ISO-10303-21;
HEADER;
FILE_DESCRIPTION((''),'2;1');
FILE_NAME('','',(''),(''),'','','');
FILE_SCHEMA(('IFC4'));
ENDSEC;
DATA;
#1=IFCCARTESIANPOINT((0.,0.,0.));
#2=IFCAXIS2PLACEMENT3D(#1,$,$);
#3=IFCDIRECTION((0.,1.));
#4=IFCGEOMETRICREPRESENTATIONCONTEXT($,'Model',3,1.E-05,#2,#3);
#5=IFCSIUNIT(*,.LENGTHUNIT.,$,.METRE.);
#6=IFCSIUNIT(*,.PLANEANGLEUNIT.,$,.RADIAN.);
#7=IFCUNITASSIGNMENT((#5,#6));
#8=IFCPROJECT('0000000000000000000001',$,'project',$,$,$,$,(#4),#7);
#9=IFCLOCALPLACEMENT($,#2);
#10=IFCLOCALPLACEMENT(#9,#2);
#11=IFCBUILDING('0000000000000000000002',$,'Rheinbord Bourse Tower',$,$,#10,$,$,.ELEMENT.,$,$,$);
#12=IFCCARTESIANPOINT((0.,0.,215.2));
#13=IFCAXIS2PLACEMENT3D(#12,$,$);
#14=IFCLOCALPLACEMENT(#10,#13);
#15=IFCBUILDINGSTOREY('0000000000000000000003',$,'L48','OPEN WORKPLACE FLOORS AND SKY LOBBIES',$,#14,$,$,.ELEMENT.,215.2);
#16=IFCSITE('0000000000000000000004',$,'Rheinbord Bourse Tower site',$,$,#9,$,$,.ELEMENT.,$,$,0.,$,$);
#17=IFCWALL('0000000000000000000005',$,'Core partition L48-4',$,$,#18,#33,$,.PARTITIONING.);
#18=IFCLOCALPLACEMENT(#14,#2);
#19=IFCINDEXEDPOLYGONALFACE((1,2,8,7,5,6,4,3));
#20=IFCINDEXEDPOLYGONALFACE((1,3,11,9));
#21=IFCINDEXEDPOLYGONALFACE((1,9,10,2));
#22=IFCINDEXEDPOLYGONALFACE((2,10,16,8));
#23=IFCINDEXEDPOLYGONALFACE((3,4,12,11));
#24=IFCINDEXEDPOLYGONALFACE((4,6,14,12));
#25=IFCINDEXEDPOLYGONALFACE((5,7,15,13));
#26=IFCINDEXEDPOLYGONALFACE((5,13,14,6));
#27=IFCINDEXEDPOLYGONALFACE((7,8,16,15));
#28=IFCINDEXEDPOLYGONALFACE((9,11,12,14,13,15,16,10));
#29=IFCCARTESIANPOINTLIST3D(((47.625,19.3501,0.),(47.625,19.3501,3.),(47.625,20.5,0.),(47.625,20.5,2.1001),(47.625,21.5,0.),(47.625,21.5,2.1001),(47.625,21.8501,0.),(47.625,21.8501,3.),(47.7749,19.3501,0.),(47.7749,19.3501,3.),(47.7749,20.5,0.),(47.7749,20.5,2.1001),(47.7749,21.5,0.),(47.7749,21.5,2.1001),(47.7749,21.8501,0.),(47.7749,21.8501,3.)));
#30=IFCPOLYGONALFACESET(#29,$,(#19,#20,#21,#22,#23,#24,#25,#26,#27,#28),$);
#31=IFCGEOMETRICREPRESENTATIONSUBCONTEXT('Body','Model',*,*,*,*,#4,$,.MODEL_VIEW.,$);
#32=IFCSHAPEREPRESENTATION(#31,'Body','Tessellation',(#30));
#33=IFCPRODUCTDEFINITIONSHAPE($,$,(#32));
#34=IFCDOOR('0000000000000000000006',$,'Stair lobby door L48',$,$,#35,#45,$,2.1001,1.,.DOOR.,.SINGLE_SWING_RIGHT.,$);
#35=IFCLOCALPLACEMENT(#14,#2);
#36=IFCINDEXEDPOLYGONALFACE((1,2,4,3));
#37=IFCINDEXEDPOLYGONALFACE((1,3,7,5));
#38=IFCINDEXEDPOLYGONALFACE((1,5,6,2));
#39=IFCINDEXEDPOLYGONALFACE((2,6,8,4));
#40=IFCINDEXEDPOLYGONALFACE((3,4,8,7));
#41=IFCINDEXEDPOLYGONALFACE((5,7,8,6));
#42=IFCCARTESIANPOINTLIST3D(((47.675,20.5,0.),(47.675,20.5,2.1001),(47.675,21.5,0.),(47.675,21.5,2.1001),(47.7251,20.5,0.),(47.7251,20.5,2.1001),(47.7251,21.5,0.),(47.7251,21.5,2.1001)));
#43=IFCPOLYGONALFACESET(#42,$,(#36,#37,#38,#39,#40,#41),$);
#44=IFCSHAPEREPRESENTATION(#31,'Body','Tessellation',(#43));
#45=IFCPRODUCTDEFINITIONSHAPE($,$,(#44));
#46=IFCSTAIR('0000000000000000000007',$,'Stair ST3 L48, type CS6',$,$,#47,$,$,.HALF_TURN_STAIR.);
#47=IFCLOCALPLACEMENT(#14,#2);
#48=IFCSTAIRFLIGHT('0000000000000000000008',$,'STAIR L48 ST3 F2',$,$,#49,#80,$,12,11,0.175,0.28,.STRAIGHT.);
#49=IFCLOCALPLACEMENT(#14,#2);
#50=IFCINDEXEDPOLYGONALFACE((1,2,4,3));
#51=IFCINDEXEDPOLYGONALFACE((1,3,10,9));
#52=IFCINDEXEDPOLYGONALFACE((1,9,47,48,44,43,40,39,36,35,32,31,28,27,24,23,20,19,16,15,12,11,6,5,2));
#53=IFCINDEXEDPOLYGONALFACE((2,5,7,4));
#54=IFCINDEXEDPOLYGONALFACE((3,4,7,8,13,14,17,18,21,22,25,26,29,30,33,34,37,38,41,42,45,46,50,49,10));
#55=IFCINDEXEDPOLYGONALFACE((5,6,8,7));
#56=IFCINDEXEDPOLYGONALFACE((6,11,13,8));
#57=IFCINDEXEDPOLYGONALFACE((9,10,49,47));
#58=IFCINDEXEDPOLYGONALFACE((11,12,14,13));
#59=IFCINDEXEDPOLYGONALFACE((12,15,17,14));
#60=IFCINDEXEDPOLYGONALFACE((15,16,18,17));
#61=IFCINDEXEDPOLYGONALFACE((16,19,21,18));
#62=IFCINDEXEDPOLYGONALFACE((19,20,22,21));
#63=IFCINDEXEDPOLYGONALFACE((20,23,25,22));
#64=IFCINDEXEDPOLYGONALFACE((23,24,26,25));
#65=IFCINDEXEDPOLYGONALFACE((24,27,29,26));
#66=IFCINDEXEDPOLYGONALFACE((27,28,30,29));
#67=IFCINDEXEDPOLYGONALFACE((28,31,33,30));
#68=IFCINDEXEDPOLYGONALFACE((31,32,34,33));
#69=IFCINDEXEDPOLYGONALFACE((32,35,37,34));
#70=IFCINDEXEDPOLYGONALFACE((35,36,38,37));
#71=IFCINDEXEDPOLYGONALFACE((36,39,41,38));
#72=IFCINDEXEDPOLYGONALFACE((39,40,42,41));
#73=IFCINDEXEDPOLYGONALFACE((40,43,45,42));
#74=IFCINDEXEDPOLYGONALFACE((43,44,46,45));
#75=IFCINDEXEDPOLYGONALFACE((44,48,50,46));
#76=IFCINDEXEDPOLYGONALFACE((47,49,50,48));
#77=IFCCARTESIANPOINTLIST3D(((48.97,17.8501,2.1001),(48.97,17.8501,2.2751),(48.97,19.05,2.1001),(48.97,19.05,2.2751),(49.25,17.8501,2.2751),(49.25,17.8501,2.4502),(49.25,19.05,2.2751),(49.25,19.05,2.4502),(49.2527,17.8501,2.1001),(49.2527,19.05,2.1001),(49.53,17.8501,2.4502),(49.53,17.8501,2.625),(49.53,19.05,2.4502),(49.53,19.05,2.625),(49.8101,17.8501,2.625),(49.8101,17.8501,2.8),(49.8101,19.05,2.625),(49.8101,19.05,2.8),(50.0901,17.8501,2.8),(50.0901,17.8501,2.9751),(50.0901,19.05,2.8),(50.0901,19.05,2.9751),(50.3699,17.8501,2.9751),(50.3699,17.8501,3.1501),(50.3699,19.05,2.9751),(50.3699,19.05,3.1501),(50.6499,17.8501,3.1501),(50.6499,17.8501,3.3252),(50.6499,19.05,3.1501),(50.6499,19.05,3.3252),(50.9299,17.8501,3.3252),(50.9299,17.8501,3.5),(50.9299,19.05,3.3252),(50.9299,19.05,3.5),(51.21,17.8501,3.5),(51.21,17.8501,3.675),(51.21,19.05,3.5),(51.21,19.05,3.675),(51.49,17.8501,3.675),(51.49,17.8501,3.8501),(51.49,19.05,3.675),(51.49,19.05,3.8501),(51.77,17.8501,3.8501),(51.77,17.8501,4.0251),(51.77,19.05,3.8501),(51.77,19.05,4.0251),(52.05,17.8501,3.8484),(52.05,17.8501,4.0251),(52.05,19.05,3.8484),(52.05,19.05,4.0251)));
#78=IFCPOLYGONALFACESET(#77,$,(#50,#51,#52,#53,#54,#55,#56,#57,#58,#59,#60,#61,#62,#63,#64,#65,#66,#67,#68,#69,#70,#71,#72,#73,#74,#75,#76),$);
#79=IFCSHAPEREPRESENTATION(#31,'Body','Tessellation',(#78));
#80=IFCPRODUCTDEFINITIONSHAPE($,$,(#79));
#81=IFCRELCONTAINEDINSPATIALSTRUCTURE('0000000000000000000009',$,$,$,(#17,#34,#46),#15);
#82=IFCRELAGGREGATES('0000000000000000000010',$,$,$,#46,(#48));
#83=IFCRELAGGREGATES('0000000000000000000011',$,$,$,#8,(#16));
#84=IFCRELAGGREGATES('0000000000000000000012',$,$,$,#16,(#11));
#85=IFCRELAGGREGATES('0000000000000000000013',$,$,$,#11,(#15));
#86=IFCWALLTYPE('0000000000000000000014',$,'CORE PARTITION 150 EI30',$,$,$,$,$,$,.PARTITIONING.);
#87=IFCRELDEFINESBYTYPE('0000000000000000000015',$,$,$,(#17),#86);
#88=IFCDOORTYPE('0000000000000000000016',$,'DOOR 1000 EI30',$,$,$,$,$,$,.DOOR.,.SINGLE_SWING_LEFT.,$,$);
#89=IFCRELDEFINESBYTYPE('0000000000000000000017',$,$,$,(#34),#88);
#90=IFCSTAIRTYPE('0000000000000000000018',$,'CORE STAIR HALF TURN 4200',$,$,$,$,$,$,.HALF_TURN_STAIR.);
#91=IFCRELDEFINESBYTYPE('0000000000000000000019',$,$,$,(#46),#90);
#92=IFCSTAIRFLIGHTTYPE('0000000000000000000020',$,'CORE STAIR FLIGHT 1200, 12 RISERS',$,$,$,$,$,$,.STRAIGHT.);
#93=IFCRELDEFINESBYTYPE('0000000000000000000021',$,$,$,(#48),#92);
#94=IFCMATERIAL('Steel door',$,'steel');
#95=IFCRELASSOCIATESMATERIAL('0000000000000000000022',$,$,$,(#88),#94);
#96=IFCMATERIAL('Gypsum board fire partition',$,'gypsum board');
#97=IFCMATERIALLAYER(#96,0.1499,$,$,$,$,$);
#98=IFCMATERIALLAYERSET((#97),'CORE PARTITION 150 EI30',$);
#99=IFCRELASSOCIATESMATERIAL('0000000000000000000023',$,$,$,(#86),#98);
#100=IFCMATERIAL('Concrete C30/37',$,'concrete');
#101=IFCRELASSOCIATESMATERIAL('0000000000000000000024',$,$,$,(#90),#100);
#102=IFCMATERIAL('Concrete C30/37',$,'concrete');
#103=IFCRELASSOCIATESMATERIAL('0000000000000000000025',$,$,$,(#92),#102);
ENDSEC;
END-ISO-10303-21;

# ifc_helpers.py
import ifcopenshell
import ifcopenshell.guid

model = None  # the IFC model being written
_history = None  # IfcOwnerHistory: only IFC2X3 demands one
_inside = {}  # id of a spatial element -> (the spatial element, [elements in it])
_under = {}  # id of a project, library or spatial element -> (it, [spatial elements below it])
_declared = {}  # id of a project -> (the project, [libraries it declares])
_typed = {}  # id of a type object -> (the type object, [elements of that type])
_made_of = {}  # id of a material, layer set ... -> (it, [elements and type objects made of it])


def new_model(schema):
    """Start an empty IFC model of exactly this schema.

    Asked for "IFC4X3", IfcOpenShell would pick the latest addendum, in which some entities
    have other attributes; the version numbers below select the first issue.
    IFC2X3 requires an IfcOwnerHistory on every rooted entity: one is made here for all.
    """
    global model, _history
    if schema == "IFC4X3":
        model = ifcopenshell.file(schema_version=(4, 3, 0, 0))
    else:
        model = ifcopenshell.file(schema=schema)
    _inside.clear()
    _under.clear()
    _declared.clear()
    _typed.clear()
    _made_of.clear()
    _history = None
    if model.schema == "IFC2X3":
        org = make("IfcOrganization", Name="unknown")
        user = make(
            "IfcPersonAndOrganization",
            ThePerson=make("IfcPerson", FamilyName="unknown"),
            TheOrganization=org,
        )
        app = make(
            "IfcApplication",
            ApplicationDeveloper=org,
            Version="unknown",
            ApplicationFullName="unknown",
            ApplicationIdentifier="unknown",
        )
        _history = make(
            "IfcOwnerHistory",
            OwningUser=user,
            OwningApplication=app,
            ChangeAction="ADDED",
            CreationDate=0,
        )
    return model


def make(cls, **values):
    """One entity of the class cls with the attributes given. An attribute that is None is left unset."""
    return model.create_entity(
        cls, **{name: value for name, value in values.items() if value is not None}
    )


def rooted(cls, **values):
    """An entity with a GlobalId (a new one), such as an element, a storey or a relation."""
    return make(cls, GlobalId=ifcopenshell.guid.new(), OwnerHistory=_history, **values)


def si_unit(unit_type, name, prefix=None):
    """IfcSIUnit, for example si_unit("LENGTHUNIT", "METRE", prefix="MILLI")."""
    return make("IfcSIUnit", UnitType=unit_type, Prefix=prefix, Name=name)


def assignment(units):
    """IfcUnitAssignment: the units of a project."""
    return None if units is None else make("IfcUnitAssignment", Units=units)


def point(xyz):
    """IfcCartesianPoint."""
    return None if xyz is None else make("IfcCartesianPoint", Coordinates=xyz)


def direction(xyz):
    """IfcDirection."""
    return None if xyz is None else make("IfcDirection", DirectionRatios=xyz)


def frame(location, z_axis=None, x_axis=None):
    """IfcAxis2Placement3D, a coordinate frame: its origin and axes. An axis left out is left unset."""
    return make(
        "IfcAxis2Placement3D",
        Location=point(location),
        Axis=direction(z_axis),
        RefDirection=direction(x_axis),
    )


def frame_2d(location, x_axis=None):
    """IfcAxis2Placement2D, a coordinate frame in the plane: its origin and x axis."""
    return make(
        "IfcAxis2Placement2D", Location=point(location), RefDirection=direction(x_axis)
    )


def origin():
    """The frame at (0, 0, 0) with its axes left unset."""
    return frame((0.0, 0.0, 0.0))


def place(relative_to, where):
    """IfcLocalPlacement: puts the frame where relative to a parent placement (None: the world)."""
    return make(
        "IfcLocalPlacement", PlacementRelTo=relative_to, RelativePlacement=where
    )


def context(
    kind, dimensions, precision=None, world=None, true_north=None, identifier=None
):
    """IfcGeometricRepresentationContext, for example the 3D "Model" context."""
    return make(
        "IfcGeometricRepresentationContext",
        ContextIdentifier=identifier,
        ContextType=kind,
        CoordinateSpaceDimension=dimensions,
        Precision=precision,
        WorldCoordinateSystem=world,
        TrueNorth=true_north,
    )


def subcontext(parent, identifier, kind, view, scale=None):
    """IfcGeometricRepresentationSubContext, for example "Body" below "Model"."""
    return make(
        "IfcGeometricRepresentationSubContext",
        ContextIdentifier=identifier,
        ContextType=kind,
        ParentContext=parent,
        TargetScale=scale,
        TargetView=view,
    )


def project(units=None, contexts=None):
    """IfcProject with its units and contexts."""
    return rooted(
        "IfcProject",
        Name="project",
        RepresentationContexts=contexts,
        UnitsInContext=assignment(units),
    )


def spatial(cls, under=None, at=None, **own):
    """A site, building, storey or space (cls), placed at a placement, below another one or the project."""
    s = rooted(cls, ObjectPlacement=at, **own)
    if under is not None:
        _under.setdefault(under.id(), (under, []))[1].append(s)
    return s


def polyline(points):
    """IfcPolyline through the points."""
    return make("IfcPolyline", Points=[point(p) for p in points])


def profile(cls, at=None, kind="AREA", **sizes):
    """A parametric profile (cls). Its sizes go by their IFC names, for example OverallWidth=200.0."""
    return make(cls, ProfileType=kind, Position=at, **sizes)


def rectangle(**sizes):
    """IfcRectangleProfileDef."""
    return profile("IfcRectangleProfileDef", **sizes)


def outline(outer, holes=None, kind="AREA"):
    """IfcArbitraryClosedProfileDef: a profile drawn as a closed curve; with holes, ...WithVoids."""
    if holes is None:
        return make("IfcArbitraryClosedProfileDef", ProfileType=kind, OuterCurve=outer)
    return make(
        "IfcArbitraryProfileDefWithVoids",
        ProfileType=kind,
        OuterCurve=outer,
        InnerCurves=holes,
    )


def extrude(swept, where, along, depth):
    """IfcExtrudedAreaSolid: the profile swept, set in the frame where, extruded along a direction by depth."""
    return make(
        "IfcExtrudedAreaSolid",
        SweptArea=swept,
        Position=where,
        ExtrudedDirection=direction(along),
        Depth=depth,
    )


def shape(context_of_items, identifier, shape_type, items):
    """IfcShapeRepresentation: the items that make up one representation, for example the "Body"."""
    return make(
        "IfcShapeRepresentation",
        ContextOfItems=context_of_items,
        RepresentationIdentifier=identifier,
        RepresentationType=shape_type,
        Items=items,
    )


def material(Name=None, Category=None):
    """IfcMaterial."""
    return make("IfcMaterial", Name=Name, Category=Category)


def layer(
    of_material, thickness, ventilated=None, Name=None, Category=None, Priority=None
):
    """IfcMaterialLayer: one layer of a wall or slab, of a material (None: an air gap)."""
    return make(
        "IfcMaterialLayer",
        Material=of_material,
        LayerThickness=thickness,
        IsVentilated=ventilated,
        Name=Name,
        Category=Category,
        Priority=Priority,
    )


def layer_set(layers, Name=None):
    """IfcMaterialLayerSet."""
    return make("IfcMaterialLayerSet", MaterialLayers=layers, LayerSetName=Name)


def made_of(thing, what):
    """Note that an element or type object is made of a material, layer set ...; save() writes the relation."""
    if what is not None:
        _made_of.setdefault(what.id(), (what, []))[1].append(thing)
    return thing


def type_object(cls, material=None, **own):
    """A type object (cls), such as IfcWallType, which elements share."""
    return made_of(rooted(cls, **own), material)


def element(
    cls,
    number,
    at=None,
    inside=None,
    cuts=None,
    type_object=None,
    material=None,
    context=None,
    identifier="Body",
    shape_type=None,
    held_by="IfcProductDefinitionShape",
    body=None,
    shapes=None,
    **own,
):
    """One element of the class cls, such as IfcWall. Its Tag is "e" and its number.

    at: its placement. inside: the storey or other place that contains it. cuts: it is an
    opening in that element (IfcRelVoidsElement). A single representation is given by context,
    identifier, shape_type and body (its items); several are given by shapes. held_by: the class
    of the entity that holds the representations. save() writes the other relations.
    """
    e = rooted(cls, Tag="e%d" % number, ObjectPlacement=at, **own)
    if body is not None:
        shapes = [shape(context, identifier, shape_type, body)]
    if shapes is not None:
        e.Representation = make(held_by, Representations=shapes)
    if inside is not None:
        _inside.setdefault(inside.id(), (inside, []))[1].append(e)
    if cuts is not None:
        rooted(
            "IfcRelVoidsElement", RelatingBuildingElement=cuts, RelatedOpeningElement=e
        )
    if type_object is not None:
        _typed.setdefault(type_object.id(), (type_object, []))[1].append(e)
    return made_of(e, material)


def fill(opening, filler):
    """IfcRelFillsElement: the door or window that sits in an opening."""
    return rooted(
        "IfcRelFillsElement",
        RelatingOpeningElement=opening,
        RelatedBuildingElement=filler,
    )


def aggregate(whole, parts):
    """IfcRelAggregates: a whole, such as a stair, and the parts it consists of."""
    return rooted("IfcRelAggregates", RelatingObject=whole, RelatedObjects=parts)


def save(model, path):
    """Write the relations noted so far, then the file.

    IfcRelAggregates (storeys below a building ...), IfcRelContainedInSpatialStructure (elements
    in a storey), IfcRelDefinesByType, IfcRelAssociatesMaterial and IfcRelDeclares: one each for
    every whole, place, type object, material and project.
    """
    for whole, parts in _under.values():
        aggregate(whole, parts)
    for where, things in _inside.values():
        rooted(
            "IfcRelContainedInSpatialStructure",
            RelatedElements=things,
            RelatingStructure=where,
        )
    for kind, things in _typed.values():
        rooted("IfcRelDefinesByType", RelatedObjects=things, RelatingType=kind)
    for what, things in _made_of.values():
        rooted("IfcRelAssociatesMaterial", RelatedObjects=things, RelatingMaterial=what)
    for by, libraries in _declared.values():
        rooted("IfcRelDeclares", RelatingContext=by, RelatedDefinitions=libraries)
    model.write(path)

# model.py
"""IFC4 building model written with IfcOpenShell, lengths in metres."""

from ifc_helpers import new_model, si_unit, direction, frame, frame_2d, origin, place, context, subcontext, project, spatial, polyline, rectangle, outline, extrude, material, layer, layer_set, type_object, element, fill, aggregate, save


model = new_model("IFC4")

# Units and contexts
model_context = context("Model", 3, precision=1e-05, world=origin(), true_north=direction((0.0, 1.0)))
body_context = subcontext(model_context, "Body", "Model", "MODEL_VIEW")
ifc_project = project(units=[si_unit("LENGTHUNIT", "METRE"), si_unit("PLANEANGLEUNIT", "RADIAN")], contexts=[model_context])

# Site, building, storey
site_placement = place(None, origin())
site = spatial("IfcSite", under=ifc_project, at=site_placement, Name="Rheinbord Bourse Tower site", CompositionType="ELEMENT", RefElevation=0.0)
building_placement = place(site_placement, origin())
building = spatial("IfcBuilding", under=site, at=building_placement, Name="Rheinbord Bourse Tower", CompositionType="ELEMENT")
storey_placement = place(building_placement, frame((0.0, 0.0, 215.2)))
storey = spatial("IfcBuildingStorey", under=building, at=storey_placement, Name="L48", Description="OPEN WORKPLACE FLOORS AND SKY LOBBIES", CompositionType="ELEMENT", Elevation=215.2)

# Shared definitions
ifc_material_1 = material(Name="Steel door", Category="steel")
door_type_1 = type_object("IfcDoorType", Name="DOOR 1000 EI30", OperationType="SINGLE_SWING_LEFT", PredefinedType="DOOR", material=ifc_material_1)

# Wall, opening, door
ifc_material_2 = material(Name="Gypsum board fire partition", Category="gypsum board")
ifc_layer_1 = layer(ifc_material_2, 0.1499)
ifc_layer_set_1 = layer_set([ifc_layer_1], Name="CORE PARTITION 150 EI30")
wall_type_1 = type_object("IfcWallType", Name="CORE PARTITION 150 EI30", PredefinedType="PARTITIONING", material=ifc_layer_set_1)
wall_1_placement = place(storey_placement, frame((47.7, 19.3501, 0.0), z_axis=(0.0, 0.0, 1.0), x_axis=(0.0, 1.0, 0.0)))
wall_1 = element("IfcWall", 1, at=wall_1_placement, inside=storey, type_object=wall_type_1, Name="Core partition L48-4", PredefinedType="PARTITIONING", context=body_context, shape_type="SweptSolid", body=[
    extrude(rectangle(XDim=2.5, YDim=0.1499, at=frame_2d((1.25, 0.0))), origin(), (0.0, 0.0, 1.0), 3.0),
])
opening_1_placement = place(wall_1_placement, frame((1.1499, 0.0, 0.0)))
opening_1 = element("IfcOpeningElement", 2, at=opening_1_placement, cuts=wall_1, PredefinedType="OPENING", context=body_context, shape_type="SweptSolid", body=[
    extrude(rectangle(XDim=1.0, YDim=2.1001, at=frame_2d((0.5, 1.05))), frame((0.0, 0.085, 0.0), z_axis=(0.0, -1.0, 0.0), x_axis=(1.0, 0.0, 0.0)), (0.0, 0.0, 1.0), 0.1699),
])
door_1_placement = place(opening_1_placement, origin())
door_1 = element("IfcDoor", 3, at=door_1_placement, inside=storey, type_object=door_type_1, Name="Stair lobby door L48", OperationType="SINGLE_SWING_RIGHT", OverallHeight=2.1001, OverallWidth=1.0, PredefinedType="DOOR", context=body_context, shape_type="SweptSolid", body=[
    extrude(rectangle(XDim=1.0, YDim=2.1001, at=frame_2d((0.5, 1.05))), frame((0.0, 0.0249, 0.0), z_axis=(0.0, -1.0, 0.0), x_axis=(1.0, 0.0, 0.0)), (0.0, 0.0, 1.0), 0.05),
])
fill(opening_1, door_1)

# Stair, stair flight
ifc_material_3 = material(Name="Concrete C30/37", Category="concrete")
stair_type = type_object("IfcStairType", Name="CORE STAIR HALF TURN 4200", PredefinedType="HALF_TURN_STAIR", material=ifc_material_3)
stair_placement = place(storey_placement, origin())
stair = element("IfcStair", 4, at=stair_placement, inside=storey, type_object=stair_type, Name="Stair ST3 L48, type CS6", PredefinedType="HALF_TURN_STAIR")
ifc_material_4 = material(Name="Concrete C30/37", Category="concrete")
stair_flight_type = type_object("IfcStairFlightType", Name="CORE STAIR FLIGHT 1200, 12 RISERS", PredefinedType="STRAIGHT", material=ifc_material_4)
stair_flight_placement = place(storey_placement, frame((48.97, 18.45, 2.1001), z_axis=(0.0, 0.0, 1.0), x_axis=(1.0, 0.0, 0.0)))
stair_flight = element("IfcStairFlight", 5, at=stair_flight_placement, type_object=stair_flight_type, Name="STAIR L48 ST3 F2", NumberOfRisers=12, NumberOfTreads=11, PredefinedType="STRAIGHT", RiserHeight=0.175, TreadLength=0.28, context=body_context, shape_type="SweptSolid", body=[
    extrude(outline(polyline([(0.0, 0.0), (0.0, 0.175), (0.28, 0.175), (0.28, 0.3501), (0.5601, 0.3501), (0.5601, 0.5249), (0.8401, 0.5249), (0.8401, 0.7), (1.1201, 0.7), (1.1201, 0.875), (1.3999, 0.875), (1.3999, 1.05), (1.6799, 1.05), (1.6799, 1.2251), (1.96, 1.2251), (1.96, 1.3999), (2.24, 1.3999), (2.24, 1.575), (2.52, 1.575), (2.52, 1.75), (2.8, 1.75), (2.8, 1.925), (3.0801, 1.925), (3.0801, 2.1001), (3.0801, 1.7483), (0.2827, 0.0), (0.0, 0.0)])), frame((0.0, 0.6001, 0.0), z_axis=(0.0, -1.0, 0.0), x_axis=(1.0, 0.0, 0.0)), (0.0, 0.0, 1.0), 1.2),
])
aggregate(stair, [stair_flight])

save(model, "model.ifc")
